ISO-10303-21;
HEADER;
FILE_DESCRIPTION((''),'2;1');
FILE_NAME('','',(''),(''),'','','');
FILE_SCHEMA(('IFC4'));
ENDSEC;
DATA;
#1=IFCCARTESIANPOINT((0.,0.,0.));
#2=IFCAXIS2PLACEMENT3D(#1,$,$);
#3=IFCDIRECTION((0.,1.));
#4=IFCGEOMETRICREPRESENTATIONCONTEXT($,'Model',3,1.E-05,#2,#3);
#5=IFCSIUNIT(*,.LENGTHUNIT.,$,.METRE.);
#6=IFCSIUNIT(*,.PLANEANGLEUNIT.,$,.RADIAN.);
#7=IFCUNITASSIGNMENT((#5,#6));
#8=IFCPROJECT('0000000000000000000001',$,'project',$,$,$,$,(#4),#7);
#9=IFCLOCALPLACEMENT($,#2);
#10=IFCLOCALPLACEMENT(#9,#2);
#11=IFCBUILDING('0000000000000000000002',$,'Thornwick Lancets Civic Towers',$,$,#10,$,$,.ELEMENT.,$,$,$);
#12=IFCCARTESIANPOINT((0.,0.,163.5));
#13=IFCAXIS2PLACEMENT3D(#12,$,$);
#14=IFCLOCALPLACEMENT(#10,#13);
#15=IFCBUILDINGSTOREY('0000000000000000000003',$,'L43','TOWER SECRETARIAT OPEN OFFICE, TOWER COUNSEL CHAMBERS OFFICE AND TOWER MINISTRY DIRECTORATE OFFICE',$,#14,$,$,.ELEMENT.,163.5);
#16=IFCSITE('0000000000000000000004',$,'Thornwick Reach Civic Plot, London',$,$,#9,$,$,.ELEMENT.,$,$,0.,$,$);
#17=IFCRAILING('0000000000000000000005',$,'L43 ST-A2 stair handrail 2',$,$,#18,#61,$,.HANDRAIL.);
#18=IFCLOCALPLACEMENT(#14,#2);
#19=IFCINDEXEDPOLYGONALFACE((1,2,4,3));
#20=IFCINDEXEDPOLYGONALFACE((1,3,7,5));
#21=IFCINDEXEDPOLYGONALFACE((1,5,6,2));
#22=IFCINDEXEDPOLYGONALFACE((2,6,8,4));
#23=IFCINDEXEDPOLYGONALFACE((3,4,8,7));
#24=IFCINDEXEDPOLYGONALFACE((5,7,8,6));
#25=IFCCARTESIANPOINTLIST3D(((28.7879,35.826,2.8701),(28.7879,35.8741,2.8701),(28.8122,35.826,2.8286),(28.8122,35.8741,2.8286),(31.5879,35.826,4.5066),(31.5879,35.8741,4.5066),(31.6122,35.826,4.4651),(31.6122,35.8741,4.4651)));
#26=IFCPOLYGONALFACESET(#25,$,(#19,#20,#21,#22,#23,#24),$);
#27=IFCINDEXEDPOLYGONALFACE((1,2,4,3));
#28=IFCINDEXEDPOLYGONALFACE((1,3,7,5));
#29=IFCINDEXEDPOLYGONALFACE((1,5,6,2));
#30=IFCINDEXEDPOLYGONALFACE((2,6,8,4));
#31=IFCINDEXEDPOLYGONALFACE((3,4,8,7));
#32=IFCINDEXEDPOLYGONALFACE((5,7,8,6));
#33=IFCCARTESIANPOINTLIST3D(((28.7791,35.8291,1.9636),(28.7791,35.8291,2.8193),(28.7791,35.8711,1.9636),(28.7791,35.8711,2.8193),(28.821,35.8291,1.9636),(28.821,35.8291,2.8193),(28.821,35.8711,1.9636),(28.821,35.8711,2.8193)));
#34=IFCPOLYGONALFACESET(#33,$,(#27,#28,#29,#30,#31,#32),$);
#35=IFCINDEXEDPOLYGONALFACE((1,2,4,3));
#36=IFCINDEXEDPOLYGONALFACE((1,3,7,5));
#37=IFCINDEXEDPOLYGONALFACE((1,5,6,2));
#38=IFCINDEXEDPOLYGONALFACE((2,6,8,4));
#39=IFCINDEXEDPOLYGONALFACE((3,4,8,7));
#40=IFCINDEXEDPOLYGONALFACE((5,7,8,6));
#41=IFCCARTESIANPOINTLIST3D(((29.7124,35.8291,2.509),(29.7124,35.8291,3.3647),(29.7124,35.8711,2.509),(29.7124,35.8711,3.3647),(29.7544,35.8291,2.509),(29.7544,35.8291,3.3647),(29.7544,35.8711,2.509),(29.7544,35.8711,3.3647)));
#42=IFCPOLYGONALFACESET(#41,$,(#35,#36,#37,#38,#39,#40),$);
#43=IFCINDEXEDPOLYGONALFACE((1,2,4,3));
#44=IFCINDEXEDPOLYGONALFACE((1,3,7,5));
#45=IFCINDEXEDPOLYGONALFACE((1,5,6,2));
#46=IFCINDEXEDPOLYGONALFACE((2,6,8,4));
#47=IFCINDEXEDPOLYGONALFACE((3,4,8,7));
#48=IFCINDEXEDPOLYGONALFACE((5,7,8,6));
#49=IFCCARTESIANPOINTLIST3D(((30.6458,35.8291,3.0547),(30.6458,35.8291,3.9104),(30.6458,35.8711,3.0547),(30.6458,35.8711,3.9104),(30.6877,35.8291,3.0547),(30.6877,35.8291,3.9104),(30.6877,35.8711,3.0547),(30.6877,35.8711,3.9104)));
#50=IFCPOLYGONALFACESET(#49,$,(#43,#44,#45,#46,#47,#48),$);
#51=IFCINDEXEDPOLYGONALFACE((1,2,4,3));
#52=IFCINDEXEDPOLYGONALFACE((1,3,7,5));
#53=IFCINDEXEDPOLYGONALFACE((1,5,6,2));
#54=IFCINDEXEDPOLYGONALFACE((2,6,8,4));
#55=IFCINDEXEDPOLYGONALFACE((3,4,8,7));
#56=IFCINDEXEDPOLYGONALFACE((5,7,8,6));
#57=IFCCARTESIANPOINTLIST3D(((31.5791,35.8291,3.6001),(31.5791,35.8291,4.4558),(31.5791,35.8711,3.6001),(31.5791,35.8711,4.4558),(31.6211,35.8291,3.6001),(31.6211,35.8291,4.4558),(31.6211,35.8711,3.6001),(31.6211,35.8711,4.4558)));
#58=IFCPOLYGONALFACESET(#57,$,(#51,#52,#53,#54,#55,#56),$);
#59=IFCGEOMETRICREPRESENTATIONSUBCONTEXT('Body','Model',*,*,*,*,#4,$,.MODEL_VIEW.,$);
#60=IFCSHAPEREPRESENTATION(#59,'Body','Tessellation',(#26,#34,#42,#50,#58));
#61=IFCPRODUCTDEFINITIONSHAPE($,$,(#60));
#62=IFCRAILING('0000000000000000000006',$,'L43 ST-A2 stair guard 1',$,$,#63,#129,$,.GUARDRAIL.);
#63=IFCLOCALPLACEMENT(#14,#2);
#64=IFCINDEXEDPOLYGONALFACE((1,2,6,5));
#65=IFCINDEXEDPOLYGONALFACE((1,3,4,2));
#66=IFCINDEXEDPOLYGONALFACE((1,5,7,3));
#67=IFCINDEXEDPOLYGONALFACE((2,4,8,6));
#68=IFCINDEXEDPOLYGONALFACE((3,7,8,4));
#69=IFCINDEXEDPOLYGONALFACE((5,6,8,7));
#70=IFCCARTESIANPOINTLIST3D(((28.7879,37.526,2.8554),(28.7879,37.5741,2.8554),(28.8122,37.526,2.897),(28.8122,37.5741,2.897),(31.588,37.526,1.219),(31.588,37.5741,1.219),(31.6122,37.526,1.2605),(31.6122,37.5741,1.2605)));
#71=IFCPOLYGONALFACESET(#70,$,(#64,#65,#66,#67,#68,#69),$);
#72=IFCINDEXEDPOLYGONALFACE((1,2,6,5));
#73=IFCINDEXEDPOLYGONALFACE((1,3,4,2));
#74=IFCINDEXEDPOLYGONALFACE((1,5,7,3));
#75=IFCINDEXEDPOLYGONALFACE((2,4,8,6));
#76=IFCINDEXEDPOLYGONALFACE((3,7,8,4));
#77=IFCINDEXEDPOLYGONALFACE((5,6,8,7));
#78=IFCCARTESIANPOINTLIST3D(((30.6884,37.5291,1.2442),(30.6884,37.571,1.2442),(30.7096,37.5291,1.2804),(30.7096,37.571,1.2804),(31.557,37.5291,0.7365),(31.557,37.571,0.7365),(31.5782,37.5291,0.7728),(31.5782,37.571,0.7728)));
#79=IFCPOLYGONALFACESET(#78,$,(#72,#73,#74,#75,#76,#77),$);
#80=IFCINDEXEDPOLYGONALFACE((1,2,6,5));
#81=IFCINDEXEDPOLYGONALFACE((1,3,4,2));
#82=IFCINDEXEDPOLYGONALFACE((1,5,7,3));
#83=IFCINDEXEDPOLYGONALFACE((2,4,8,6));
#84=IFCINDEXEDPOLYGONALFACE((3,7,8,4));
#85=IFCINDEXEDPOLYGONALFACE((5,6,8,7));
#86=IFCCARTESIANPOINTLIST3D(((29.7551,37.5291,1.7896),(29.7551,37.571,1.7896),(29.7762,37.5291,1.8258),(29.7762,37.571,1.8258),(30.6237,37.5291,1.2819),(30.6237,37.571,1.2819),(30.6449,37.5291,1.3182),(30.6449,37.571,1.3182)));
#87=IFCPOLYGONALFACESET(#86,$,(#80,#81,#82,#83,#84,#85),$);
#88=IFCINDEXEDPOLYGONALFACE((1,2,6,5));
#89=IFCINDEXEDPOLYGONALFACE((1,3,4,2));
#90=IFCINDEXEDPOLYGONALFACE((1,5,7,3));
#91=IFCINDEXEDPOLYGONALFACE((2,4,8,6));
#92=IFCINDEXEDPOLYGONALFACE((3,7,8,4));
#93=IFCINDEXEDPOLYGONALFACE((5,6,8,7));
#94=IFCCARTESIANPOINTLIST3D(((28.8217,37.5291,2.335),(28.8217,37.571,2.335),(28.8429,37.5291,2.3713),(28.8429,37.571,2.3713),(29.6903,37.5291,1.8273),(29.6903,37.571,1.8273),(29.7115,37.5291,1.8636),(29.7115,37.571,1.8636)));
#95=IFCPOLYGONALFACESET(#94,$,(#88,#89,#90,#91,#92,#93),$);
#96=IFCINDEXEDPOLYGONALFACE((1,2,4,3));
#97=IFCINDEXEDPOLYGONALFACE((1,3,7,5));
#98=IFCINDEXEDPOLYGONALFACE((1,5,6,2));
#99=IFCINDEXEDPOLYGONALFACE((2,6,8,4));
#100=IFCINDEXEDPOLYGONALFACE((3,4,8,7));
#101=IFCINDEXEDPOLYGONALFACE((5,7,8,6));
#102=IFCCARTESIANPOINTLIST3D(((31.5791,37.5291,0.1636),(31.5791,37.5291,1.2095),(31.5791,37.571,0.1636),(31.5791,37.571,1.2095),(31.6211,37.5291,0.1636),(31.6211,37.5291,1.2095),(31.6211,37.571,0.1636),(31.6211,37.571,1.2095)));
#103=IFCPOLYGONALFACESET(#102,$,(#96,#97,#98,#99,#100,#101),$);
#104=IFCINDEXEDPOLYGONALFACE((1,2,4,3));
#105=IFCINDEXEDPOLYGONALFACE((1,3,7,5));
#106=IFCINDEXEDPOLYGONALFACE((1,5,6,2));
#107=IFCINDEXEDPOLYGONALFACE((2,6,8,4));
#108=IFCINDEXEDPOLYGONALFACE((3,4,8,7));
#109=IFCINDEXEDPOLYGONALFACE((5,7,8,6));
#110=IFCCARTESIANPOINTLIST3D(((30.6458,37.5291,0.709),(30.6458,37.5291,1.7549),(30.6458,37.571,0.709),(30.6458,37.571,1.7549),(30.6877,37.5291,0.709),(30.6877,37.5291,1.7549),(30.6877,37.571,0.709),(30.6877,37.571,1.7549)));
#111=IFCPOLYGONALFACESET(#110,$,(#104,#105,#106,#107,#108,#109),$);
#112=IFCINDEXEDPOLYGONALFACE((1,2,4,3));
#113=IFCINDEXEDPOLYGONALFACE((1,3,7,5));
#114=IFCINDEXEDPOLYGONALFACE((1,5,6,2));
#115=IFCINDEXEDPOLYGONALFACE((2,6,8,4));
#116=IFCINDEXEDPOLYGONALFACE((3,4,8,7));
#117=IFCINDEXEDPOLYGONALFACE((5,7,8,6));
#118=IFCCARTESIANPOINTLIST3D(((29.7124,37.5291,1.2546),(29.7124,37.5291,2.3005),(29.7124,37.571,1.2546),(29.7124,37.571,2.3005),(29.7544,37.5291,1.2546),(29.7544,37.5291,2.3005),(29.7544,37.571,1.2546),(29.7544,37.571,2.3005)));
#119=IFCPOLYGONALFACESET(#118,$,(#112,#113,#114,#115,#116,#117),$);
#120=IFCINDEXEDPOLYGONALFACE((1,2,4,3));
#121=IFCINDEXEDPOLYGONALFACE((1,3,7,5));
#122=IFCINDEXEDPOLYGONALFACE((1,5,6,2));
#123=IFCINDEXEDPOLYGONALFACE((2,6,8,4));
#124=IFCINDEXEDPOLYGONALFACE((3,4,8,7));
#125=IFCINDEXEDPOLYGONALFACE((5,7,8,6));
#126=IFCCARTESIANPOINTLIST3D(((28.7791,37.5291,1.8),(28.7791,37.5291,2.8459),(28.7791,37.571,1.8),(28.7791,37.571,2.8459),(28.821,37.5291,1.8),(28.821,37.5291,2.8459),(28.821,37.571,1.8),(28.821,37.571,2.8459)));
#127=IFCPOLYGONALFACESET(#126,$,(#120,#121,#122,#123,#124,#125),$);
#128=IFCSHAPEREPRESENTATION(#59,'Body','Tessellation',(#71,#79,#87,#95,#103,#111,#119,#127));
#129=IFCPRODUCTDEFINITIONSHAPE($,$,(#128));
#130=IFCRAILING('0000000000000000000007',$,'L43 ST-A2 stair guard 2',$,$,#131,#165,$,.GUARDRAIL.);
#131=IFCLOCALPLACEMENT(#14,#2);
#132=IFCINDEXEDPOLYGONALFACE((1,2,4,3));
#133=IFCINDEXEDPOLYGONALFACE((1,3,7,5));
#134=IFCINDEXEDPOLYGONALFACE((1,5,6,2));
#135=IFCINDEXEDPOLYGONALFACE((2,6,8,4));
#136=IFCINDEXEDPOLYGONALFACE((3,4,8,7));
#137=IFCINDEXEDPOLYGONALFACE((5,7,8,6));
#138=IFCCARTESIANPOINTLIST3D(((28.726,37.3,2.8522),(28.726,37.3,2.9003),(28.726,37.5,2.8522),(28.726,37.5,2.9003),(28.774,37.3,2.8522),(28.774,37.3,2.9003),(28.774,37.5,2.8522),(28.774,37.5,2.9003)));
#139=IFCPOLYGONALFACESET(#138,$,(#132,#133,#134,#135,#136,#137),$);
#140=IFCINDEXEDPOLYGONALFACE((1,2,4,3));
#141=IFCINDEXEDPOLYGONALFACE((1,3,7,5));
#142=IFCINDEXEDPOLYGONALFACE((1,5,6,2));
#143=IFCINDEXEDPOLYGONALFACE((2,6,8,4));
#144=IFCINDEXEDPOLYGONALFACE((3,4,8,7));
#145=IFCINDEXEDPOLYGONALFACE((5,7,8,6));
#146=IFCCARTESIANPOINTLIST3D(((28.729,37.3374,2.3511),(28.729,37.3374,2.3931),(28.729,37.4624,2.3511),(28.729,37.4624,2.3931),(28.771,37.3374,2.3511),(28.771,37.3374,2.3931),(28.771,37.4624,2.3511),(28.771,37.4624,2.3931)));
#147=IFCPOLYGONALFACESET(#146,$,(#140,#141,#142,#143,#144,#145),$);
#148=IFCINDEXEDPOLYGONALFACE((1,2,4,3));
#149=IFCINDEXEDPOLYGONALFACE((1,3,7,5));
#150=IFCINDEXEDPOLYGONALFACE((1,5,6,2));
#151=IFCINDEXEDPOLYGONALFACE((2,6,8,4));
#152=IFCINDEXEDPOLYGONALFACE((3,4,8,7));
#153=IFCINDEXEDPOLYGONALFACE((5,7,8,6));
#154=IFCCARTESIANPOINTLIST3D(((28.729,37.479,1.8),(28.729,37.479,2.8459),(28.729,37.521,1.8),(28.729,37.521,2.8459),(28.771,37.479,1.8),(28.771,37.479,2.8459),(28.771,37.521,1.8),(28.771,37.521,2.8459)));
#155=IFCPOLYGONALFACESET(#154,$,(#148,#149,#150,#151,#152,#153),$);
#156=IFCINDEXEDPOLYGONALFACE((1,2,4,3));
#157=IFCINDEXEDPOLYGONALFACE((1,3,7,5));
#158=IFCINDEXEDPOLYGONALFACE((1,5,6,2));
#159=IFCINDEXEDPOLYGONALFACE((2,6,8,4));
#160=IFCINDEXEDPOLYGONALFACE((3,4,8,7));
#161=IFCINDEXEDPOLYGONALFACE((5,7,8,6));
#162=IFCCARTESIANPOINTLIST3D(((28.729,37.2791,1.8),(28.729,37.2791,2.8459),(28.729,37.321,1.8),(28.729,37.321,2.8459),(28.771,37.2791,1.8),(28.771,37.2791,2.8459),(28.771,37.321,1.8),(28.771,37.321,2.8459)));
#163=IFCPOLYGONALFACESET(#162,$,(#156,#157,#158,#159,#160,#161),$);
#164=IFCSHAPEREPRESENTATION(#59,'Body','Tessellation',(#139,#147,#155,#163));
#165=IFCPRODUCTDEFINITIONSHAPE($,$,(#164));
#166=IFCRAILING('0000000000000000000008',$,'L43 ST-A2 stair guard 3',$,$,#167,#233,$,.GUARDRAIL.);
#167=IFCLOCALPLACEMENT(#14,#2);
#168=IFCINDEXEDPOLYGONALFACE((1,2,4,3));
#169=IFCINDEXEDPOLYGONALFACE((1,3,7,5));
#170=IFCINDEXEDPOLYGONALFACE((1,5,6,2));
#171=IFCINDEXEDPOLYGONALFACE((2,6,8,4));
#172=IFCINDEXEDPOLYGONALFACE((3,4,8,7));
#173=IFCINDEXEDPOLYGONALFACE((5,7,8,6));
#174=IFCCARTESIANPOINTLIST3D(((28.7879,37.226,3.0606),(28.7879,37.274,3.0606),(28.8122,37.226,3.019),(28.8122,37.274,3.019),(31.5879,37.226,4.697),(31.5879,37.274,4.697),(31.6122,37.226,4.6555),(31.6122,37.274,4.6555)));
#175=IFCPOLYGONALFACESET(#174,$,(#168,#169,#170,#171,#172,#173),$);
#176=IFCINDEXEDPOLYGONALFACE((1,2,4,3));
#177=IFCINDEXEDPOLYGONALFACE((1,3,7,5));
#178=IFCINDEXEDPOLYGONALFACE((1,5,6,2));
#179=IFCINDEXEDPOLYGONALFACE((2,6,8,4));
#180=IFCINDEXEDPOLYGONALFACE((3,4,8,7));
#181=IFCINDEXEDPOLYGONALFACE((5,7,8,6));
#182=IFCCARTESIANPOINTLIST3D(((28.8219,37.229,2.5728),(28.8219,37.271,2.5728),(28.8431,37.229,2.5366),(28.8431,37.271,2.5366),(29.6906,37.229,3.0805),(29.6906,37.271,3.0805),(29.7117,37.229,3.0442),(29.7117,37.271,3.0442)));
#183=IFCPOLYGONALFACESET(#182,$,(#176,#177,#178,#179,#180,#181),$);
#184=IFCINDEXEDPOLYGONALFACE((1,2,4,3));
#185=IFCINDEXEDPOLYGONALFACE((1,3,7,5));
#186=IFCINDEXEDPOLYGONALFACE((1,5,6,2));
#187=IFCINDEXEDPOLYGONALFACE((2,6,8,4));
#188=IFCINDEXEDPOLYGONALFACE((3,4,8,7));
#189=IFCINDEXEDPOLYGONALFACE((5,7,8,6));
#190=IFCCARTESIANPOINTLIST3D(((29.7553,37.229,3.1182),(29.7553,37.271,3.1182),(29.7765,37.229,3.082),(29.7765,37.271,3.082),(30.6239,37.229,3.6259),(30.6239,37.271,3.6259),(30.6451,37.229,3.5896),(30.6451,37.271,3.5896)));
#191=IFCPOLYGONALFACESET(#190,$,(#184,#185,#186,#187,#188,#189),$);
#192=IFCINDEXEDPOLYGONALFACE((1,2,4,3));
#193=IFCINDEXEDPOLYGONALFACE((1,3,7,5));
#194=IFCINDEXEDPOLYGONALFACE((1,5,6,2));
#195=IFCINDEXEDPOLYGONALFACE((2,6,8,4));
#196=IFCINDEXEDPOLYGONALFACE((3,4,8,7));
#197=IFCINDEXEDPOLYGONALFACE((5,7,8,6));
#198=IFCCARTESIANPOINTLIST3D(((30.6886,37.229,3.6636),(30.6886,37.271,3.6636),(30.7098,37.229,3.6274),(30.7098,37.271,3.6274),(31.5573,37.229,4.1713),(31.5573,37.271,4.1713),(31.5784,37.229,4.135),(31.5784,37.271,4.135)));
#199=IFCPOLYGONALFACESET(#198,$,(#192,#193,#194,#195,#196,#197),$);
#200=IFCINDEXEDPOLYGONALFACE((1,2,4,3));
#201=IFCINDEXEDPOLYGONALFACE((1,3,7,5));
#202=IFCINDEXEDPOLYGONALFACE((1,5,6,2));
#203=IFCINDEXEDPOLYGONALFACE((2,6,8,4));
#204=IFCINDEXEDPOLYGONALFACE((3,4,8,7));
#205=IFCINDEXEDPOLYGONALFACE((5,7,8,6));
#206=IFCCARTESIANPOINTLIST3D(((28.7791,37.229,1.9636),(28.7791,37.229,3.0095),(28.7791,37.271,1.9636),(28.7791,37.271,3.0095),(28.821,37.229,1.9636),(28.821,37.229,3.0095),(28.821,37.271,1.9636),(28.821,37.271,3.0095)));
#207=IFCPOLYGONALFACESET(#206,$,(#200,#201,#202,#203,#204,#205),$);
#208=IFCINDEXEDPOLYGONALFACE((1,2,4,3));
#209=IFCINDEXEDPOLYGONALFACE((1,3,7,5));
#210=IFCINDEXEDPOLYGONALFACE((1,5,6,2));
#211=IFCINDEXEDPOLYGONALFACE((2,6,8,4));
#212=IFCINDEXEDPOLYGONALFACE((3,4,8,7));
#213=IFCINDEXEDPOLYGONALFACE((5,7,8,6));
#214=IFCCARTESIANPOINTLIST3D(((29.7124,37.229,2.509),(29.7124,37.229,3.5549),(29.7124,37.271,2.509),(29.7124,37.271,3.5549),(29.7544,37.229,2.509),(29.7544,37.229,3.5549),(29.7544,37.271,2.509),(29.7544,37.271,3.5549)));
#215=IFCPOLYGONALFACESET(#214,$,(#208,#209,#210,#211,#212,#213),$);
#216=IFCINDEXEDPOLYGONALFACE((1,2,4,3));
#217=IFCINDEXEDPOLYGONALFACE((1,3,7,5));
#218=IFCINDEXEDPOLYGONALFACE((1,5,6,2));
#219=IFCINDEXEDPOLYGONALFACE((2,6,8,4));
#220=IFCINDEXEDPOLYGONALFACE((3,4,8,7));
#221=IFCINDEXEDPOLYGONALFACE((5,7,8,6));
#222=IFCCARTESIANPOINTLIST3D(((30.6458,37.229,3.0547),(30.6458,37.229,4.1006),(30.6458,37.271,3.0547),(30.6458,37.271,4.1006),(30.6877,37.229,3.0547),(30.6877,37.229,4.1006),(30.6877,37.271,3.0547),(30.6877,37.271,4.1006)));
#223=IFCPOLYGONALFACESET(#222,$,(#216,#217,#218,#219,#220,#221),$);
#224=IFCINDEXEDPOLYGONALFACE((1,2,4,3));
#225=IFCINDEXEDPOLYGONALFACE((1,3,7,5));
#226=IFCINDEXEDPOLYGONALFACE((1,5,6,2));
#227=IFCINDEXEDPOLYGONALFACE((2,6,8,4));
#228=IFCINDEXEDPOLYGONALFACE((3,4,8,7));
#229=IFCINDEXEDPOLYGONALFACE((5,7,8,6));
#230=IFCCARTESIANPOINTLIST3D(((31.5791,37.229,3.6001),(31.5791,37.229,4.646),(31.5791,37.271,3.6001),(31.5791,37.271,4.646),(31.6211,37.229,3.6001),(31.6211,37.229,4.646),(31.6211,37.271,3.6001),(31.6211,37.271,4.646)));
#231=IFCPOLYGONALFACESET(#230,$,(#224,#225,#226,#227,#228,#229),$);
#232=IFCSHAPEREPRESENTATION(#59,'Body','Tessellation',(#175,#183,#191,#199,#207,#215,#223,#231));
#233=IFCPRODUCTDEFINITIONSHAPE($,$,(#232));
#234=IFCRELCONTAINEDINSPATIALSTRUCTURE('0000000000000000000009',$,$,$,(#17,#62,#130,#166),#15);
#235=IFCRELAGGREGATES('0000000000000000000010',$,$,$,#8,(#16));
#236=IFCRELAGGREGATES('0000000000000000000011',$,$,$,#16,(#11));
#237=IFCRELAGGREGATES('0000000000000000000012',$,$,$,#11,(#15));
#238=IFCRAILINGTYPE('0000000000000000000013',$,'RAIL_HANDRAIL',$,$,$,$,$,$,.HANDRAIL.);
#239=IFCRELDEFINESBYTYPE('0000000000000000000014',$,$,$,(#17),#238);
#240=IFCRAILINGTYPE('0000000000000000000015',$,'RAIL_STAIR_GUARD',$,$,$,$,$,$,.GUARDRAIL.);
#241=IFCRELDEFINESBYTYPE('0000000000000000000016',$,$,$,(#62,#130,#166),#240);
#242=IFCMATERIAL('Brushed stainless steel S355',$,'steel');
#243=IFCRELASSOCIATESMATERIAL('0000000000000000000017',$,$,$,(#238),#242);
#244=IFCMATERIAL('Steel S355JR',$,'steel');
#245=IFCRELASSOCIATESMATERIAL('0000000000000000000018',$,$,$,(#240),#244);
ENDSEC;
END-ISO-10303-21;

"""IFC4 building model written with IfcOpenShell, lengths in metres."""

from ifc_helpers import new_model, si_unit, direction, frame, origin, origin_2d, place, context, subcontext, project, spatial, rectangle, extrude, material, type_object, element, save


model = new_model("IFC4")

# Units and contexts
model_context = context("Model", 3, precision=1e-05, world=origin(), true_north=direction((0.0, 1.0)))
body_context = subcontext(model_context, "Body", "Model", "MODEL_VIEW")
ifc_project = project(units=[si_unit("LENGTHUNIT", "METRE"), si_unit("PLANEANGLEUNIT", "RADIAN")], contexts=[model_context])

# Site, building, storey
site_placement = place(None, origin())
site = spatial("IfcSite", under=ifc_project, at=site_placement, Name="Thornwick Reach Civic Plot, London", CompositionType="ELEMENT", RefElevation=0.0)
building_placement = place(site_placement, origin())
building = spatial("IfcBuilding", under=site, at=building_placement, Name="Thornwick Lancets Civic Towers", CompositionType="ELEMENT")
storey_placement = place(building_placement, frame((0.0, 0.0, 163.5)))
storey = spatial("IfcBuildingStorey", under=building, at=storey_placement, Name="L43", Description="TOWER SECRETARIAT OPEN OFFICE, TOWER COUNSEL CHAMBERS OFFICE AND TOWER MINISTRY DIRECTORATE OFFICE", CompositionType="ELEMENT", Elevation=163.5)

# Shared definitions
ifc_material_1 = material(Name="Steel S355JR", Category="steel")

# Railings
ifc_material_2 = material(Name="Brushed stainless steel S355", Category="steel")
railing_type_1 = type_object("IfcRailingType", Name="RAIL_HANDRAIL", PredefinedType="HANDRAIL", material=ifc_material_2)
railing_1_placement = place(storey_placement, frame((28.8, 35.8501, 1.9636)))
element("IfcRailing", 1, at=railing_1_placement, inside=storey, type_object=railing_type_1, Name="L43 ST-A2 stair handrail 2", PredefinedType="HANDRAIL", context=body_context, shape_type="SweptSolid", body=[
    extrude(rectangle(XDim=0.0481, YDim=0.0481, at=origin_2d()), frame((0.0, 0.0, 0.8857), z_axis=(0.863361, 0.0, 0.504587), x_axis=(0.0, 1.0, 0.0)), (0.0, 0.0, 1.0), 3.2432),
    extrude(rectangle(XDim=0.042, YDim=0.042, at=origin_2d()), origin(), (0.0, 0.0, 1.0), 0.8557),
    extrude(rectangle(XDim=0.042, YDim=0.042, at=origin_2d()), frame((0.9333, 0.0, 0.5454)), (0.0, 0.0, 1.0), 0.8557),
    extrude(rectangle(XDim=0.042, YDim=0.042, at=origin_2d()), frame((1.8667, 0.0, 1.0911)), (0.0, 0.0, 1.0), 0.8557),
    extrude(rectangle(XDim=0.042, YDim=0.042, at=origin_2d()), frame((2.8, 0.0, 1.6365)), (0.0, 0.0, 1.0), 0.8557),
])
railing_type_2 = type_object("IfcRailingType", Name="RAIL_STAIR_GUARD", PredefinedType="GUARDRAIL", material=ifc_material_1)
railing_2_placement = place(storey_placement, frame((31.6001, 37.55, 0.1636)))
element("IfcRailing", 2, at=railing_2_placement, inside=storey, type_object=railing_type_2, Name="L43 ST-A2 stair guard 1", PredefinedType="GUARDRAIL", context=body_context, shape_type="SweptSolid", body=[
    extrude(rectangle(XDim=0.0481, YDim=0.0481, at=origin_2d()), frame((0.0, 0.0, 1.0762), z_axis=(-0.863361, 0.0, 0.504587), x_axis=(0.0, -1.0, 0.0)), (0.0, 0.0, 1.0), 3.2432),
    extrude(rectangle(XDim=0.042, YDim=0.042, at=origin_2d()), frame((-0.0325, 0.0, 0.5911), z_axis=(-0.863361, 0.0, 0.504587), x_axis=(0.0, -1.0, 0.0)), (0.0, 0.0, 1.0), 1.0061),
    extrude(rectangle(XDim=0.042, YDim=0.042, at=origin_2d()), frame((-0.9658, 0.0, 1.1365), z_axis=(-0.863361, 0.0, 0.504587), x_axis=(0.0, -1.0, 0.0)), (0.0, 0.0, 1.0), 1.0061),
    extrude(rectangle(XDim=0.042, YDim=0.042, at=origin_2d()), frame((-1.8992, 0.0, 1.6819), z_axis=(-0.863361, 0.0, 0.504587), x_axis=(0.0, -1.0, 0.0)), (0.0, 0.0, 1.0), 1.0061),
    extrude(rectangle(XDim=0.042, YDim=0.042, at=origin_2d()), origin(), (0.0, 0.0, 1.0), 1.0459),
    extrude(rectangle(XDim=0.042, YDim=0.042, at=origin_2d()), frame((-0.9333, 0.0, 0.5454)), (0.0, 0.0, 1.0), 1.0459),
    extrude(rectangle(XDim=0.042, YDim=0.042, at=origin_2d()), frame((-1.8667, 0.0, 1.0911)), (0.0, 0.0, 1.0), 1.0459),
    extrude(rectangle(XDim=0.042, YDim=0.042, at=origin_2d()), frame((-2.8, 0.0, 1.6365)), (0.0, 0.0, 1.0), 1.0459),
])
railing_3_placement = place(storey_placement, frame((28.75, 37.5, 1.8)))
element("IfcRailing", 3, at=railing_3_placement, inside=storey, type_object=railing_type_2, Name="L43 ST-A2 stair guard 2", PredefinedType="GUARDRAIL", context=body_context, shape_type="SweptSolid", body=[
    extrude(rectangle(XDim=0.0481, YDim=0.0481, at=origin_2d()), frame((0.0, 0.0, 1.0762), z_axis=(0.0, -1.0, 0.0), x_axis=(1.0, 0.0, 0.0)), (0.0, 0.0, 1.0), 0.2),
    extrude(rectangle(XDim=0.042, YDim=0.042, at=origin_2d()), frame((0.0, -0.0376, 0.572), z_axis=(0.0, -1.0, 0.0), x_axis=(1.0, 0.0, 0.0)), (0.0, 0.0, 1.0), 0.125),
    extrude(rectangle(XDim=0.042, YDim=0.042, at=origin_2d()), origin(), (0.0, 0.0, 1.0), 1.0459),
    extrude(rectangle(XDim=0.042, YDim=0.042, at=origin_2d()), frame((0.0, -0.2, 0.0)), (0.0, 0.0, 1.0), 1.0459),
])
railing_4_placement = place(storey_placement, frame((28.8, 37.25, 1.9636)))
element("IfcRailing", 4, at=railing_4_placement, inside=storey, type_object=railing_type_2, Name="L43 ST-A2 stair guard 3", PredefinedType="GUARDRAIL", context=body_context, shape_type="SweptSolid", body=[
    extrude(rectangle(XDim=0.0481, YDim=0.0481, at=origin_2d()), frame((0.0, 0.0, 1.0762), z_axis=(0.863361, 0.0, 0.504587), x_axis=(0.0, 1.0, 0.0)), (0.0, 0.0, 1.0), 3.2432),
    extrude(rectangle(XDim=0.042, YDim=0.042, at=origin_2d()), frame((0.0325, 0.0, 0.5911), z_axis=(0.863361, 0.0, 0.504587), x_axis=(0.0, 1.0, 0.0)), (0.0, 0.0, 1.0), 1.0061),
    extrude(rectangle(XDim=0.042, YDim=0.042, at=origin_2d()), frame((0.9658, 0.0, 1.1365), z_axis=(0.863361, 0.0, 0.504587), x_axis=(0.0, 1.0, 0.0)), (0.0, 0.0, 1.0), 1.0061),
    extrude(rectangle(XDim=0.042, YDim=0.042, at=origin_2d()), frame((1.8992, 0.0, 1.6819), z_axis=(0.863361, 0.0, 0.504587), x_axis=(0.0, 1.0, 0.0)), (0.0, 0.0, 1.0), 1.0061),
    extrude(rectangle(XDim=0.042, YDim=0.042, at=origin_2d()), origin(), (0.0, 0.0, 1.0), 1.0459),
    extrude(rectangle(XDim=0.042, YDim=0.042, at=origin_2d()), frame((0.9333, 0.0, 0.5454)), (0.0, 0.0, 1.0), 1.0459),
    extrude(rectangle(XDim=0.042, YDim=0.042, at=origin_2d()), frame((1.8667, 0.0, 1.0911)), (0.0, 0.0, 1.0), 1.0459),
    extrude(rectangle(XDim=0.042, YDim=0.042, at=origin_2d()), frame((2.8, 0.0, 1.6365)), (0.0, 0.0, 1.0), 1.0459),
])

save(model, "model.ifc")
